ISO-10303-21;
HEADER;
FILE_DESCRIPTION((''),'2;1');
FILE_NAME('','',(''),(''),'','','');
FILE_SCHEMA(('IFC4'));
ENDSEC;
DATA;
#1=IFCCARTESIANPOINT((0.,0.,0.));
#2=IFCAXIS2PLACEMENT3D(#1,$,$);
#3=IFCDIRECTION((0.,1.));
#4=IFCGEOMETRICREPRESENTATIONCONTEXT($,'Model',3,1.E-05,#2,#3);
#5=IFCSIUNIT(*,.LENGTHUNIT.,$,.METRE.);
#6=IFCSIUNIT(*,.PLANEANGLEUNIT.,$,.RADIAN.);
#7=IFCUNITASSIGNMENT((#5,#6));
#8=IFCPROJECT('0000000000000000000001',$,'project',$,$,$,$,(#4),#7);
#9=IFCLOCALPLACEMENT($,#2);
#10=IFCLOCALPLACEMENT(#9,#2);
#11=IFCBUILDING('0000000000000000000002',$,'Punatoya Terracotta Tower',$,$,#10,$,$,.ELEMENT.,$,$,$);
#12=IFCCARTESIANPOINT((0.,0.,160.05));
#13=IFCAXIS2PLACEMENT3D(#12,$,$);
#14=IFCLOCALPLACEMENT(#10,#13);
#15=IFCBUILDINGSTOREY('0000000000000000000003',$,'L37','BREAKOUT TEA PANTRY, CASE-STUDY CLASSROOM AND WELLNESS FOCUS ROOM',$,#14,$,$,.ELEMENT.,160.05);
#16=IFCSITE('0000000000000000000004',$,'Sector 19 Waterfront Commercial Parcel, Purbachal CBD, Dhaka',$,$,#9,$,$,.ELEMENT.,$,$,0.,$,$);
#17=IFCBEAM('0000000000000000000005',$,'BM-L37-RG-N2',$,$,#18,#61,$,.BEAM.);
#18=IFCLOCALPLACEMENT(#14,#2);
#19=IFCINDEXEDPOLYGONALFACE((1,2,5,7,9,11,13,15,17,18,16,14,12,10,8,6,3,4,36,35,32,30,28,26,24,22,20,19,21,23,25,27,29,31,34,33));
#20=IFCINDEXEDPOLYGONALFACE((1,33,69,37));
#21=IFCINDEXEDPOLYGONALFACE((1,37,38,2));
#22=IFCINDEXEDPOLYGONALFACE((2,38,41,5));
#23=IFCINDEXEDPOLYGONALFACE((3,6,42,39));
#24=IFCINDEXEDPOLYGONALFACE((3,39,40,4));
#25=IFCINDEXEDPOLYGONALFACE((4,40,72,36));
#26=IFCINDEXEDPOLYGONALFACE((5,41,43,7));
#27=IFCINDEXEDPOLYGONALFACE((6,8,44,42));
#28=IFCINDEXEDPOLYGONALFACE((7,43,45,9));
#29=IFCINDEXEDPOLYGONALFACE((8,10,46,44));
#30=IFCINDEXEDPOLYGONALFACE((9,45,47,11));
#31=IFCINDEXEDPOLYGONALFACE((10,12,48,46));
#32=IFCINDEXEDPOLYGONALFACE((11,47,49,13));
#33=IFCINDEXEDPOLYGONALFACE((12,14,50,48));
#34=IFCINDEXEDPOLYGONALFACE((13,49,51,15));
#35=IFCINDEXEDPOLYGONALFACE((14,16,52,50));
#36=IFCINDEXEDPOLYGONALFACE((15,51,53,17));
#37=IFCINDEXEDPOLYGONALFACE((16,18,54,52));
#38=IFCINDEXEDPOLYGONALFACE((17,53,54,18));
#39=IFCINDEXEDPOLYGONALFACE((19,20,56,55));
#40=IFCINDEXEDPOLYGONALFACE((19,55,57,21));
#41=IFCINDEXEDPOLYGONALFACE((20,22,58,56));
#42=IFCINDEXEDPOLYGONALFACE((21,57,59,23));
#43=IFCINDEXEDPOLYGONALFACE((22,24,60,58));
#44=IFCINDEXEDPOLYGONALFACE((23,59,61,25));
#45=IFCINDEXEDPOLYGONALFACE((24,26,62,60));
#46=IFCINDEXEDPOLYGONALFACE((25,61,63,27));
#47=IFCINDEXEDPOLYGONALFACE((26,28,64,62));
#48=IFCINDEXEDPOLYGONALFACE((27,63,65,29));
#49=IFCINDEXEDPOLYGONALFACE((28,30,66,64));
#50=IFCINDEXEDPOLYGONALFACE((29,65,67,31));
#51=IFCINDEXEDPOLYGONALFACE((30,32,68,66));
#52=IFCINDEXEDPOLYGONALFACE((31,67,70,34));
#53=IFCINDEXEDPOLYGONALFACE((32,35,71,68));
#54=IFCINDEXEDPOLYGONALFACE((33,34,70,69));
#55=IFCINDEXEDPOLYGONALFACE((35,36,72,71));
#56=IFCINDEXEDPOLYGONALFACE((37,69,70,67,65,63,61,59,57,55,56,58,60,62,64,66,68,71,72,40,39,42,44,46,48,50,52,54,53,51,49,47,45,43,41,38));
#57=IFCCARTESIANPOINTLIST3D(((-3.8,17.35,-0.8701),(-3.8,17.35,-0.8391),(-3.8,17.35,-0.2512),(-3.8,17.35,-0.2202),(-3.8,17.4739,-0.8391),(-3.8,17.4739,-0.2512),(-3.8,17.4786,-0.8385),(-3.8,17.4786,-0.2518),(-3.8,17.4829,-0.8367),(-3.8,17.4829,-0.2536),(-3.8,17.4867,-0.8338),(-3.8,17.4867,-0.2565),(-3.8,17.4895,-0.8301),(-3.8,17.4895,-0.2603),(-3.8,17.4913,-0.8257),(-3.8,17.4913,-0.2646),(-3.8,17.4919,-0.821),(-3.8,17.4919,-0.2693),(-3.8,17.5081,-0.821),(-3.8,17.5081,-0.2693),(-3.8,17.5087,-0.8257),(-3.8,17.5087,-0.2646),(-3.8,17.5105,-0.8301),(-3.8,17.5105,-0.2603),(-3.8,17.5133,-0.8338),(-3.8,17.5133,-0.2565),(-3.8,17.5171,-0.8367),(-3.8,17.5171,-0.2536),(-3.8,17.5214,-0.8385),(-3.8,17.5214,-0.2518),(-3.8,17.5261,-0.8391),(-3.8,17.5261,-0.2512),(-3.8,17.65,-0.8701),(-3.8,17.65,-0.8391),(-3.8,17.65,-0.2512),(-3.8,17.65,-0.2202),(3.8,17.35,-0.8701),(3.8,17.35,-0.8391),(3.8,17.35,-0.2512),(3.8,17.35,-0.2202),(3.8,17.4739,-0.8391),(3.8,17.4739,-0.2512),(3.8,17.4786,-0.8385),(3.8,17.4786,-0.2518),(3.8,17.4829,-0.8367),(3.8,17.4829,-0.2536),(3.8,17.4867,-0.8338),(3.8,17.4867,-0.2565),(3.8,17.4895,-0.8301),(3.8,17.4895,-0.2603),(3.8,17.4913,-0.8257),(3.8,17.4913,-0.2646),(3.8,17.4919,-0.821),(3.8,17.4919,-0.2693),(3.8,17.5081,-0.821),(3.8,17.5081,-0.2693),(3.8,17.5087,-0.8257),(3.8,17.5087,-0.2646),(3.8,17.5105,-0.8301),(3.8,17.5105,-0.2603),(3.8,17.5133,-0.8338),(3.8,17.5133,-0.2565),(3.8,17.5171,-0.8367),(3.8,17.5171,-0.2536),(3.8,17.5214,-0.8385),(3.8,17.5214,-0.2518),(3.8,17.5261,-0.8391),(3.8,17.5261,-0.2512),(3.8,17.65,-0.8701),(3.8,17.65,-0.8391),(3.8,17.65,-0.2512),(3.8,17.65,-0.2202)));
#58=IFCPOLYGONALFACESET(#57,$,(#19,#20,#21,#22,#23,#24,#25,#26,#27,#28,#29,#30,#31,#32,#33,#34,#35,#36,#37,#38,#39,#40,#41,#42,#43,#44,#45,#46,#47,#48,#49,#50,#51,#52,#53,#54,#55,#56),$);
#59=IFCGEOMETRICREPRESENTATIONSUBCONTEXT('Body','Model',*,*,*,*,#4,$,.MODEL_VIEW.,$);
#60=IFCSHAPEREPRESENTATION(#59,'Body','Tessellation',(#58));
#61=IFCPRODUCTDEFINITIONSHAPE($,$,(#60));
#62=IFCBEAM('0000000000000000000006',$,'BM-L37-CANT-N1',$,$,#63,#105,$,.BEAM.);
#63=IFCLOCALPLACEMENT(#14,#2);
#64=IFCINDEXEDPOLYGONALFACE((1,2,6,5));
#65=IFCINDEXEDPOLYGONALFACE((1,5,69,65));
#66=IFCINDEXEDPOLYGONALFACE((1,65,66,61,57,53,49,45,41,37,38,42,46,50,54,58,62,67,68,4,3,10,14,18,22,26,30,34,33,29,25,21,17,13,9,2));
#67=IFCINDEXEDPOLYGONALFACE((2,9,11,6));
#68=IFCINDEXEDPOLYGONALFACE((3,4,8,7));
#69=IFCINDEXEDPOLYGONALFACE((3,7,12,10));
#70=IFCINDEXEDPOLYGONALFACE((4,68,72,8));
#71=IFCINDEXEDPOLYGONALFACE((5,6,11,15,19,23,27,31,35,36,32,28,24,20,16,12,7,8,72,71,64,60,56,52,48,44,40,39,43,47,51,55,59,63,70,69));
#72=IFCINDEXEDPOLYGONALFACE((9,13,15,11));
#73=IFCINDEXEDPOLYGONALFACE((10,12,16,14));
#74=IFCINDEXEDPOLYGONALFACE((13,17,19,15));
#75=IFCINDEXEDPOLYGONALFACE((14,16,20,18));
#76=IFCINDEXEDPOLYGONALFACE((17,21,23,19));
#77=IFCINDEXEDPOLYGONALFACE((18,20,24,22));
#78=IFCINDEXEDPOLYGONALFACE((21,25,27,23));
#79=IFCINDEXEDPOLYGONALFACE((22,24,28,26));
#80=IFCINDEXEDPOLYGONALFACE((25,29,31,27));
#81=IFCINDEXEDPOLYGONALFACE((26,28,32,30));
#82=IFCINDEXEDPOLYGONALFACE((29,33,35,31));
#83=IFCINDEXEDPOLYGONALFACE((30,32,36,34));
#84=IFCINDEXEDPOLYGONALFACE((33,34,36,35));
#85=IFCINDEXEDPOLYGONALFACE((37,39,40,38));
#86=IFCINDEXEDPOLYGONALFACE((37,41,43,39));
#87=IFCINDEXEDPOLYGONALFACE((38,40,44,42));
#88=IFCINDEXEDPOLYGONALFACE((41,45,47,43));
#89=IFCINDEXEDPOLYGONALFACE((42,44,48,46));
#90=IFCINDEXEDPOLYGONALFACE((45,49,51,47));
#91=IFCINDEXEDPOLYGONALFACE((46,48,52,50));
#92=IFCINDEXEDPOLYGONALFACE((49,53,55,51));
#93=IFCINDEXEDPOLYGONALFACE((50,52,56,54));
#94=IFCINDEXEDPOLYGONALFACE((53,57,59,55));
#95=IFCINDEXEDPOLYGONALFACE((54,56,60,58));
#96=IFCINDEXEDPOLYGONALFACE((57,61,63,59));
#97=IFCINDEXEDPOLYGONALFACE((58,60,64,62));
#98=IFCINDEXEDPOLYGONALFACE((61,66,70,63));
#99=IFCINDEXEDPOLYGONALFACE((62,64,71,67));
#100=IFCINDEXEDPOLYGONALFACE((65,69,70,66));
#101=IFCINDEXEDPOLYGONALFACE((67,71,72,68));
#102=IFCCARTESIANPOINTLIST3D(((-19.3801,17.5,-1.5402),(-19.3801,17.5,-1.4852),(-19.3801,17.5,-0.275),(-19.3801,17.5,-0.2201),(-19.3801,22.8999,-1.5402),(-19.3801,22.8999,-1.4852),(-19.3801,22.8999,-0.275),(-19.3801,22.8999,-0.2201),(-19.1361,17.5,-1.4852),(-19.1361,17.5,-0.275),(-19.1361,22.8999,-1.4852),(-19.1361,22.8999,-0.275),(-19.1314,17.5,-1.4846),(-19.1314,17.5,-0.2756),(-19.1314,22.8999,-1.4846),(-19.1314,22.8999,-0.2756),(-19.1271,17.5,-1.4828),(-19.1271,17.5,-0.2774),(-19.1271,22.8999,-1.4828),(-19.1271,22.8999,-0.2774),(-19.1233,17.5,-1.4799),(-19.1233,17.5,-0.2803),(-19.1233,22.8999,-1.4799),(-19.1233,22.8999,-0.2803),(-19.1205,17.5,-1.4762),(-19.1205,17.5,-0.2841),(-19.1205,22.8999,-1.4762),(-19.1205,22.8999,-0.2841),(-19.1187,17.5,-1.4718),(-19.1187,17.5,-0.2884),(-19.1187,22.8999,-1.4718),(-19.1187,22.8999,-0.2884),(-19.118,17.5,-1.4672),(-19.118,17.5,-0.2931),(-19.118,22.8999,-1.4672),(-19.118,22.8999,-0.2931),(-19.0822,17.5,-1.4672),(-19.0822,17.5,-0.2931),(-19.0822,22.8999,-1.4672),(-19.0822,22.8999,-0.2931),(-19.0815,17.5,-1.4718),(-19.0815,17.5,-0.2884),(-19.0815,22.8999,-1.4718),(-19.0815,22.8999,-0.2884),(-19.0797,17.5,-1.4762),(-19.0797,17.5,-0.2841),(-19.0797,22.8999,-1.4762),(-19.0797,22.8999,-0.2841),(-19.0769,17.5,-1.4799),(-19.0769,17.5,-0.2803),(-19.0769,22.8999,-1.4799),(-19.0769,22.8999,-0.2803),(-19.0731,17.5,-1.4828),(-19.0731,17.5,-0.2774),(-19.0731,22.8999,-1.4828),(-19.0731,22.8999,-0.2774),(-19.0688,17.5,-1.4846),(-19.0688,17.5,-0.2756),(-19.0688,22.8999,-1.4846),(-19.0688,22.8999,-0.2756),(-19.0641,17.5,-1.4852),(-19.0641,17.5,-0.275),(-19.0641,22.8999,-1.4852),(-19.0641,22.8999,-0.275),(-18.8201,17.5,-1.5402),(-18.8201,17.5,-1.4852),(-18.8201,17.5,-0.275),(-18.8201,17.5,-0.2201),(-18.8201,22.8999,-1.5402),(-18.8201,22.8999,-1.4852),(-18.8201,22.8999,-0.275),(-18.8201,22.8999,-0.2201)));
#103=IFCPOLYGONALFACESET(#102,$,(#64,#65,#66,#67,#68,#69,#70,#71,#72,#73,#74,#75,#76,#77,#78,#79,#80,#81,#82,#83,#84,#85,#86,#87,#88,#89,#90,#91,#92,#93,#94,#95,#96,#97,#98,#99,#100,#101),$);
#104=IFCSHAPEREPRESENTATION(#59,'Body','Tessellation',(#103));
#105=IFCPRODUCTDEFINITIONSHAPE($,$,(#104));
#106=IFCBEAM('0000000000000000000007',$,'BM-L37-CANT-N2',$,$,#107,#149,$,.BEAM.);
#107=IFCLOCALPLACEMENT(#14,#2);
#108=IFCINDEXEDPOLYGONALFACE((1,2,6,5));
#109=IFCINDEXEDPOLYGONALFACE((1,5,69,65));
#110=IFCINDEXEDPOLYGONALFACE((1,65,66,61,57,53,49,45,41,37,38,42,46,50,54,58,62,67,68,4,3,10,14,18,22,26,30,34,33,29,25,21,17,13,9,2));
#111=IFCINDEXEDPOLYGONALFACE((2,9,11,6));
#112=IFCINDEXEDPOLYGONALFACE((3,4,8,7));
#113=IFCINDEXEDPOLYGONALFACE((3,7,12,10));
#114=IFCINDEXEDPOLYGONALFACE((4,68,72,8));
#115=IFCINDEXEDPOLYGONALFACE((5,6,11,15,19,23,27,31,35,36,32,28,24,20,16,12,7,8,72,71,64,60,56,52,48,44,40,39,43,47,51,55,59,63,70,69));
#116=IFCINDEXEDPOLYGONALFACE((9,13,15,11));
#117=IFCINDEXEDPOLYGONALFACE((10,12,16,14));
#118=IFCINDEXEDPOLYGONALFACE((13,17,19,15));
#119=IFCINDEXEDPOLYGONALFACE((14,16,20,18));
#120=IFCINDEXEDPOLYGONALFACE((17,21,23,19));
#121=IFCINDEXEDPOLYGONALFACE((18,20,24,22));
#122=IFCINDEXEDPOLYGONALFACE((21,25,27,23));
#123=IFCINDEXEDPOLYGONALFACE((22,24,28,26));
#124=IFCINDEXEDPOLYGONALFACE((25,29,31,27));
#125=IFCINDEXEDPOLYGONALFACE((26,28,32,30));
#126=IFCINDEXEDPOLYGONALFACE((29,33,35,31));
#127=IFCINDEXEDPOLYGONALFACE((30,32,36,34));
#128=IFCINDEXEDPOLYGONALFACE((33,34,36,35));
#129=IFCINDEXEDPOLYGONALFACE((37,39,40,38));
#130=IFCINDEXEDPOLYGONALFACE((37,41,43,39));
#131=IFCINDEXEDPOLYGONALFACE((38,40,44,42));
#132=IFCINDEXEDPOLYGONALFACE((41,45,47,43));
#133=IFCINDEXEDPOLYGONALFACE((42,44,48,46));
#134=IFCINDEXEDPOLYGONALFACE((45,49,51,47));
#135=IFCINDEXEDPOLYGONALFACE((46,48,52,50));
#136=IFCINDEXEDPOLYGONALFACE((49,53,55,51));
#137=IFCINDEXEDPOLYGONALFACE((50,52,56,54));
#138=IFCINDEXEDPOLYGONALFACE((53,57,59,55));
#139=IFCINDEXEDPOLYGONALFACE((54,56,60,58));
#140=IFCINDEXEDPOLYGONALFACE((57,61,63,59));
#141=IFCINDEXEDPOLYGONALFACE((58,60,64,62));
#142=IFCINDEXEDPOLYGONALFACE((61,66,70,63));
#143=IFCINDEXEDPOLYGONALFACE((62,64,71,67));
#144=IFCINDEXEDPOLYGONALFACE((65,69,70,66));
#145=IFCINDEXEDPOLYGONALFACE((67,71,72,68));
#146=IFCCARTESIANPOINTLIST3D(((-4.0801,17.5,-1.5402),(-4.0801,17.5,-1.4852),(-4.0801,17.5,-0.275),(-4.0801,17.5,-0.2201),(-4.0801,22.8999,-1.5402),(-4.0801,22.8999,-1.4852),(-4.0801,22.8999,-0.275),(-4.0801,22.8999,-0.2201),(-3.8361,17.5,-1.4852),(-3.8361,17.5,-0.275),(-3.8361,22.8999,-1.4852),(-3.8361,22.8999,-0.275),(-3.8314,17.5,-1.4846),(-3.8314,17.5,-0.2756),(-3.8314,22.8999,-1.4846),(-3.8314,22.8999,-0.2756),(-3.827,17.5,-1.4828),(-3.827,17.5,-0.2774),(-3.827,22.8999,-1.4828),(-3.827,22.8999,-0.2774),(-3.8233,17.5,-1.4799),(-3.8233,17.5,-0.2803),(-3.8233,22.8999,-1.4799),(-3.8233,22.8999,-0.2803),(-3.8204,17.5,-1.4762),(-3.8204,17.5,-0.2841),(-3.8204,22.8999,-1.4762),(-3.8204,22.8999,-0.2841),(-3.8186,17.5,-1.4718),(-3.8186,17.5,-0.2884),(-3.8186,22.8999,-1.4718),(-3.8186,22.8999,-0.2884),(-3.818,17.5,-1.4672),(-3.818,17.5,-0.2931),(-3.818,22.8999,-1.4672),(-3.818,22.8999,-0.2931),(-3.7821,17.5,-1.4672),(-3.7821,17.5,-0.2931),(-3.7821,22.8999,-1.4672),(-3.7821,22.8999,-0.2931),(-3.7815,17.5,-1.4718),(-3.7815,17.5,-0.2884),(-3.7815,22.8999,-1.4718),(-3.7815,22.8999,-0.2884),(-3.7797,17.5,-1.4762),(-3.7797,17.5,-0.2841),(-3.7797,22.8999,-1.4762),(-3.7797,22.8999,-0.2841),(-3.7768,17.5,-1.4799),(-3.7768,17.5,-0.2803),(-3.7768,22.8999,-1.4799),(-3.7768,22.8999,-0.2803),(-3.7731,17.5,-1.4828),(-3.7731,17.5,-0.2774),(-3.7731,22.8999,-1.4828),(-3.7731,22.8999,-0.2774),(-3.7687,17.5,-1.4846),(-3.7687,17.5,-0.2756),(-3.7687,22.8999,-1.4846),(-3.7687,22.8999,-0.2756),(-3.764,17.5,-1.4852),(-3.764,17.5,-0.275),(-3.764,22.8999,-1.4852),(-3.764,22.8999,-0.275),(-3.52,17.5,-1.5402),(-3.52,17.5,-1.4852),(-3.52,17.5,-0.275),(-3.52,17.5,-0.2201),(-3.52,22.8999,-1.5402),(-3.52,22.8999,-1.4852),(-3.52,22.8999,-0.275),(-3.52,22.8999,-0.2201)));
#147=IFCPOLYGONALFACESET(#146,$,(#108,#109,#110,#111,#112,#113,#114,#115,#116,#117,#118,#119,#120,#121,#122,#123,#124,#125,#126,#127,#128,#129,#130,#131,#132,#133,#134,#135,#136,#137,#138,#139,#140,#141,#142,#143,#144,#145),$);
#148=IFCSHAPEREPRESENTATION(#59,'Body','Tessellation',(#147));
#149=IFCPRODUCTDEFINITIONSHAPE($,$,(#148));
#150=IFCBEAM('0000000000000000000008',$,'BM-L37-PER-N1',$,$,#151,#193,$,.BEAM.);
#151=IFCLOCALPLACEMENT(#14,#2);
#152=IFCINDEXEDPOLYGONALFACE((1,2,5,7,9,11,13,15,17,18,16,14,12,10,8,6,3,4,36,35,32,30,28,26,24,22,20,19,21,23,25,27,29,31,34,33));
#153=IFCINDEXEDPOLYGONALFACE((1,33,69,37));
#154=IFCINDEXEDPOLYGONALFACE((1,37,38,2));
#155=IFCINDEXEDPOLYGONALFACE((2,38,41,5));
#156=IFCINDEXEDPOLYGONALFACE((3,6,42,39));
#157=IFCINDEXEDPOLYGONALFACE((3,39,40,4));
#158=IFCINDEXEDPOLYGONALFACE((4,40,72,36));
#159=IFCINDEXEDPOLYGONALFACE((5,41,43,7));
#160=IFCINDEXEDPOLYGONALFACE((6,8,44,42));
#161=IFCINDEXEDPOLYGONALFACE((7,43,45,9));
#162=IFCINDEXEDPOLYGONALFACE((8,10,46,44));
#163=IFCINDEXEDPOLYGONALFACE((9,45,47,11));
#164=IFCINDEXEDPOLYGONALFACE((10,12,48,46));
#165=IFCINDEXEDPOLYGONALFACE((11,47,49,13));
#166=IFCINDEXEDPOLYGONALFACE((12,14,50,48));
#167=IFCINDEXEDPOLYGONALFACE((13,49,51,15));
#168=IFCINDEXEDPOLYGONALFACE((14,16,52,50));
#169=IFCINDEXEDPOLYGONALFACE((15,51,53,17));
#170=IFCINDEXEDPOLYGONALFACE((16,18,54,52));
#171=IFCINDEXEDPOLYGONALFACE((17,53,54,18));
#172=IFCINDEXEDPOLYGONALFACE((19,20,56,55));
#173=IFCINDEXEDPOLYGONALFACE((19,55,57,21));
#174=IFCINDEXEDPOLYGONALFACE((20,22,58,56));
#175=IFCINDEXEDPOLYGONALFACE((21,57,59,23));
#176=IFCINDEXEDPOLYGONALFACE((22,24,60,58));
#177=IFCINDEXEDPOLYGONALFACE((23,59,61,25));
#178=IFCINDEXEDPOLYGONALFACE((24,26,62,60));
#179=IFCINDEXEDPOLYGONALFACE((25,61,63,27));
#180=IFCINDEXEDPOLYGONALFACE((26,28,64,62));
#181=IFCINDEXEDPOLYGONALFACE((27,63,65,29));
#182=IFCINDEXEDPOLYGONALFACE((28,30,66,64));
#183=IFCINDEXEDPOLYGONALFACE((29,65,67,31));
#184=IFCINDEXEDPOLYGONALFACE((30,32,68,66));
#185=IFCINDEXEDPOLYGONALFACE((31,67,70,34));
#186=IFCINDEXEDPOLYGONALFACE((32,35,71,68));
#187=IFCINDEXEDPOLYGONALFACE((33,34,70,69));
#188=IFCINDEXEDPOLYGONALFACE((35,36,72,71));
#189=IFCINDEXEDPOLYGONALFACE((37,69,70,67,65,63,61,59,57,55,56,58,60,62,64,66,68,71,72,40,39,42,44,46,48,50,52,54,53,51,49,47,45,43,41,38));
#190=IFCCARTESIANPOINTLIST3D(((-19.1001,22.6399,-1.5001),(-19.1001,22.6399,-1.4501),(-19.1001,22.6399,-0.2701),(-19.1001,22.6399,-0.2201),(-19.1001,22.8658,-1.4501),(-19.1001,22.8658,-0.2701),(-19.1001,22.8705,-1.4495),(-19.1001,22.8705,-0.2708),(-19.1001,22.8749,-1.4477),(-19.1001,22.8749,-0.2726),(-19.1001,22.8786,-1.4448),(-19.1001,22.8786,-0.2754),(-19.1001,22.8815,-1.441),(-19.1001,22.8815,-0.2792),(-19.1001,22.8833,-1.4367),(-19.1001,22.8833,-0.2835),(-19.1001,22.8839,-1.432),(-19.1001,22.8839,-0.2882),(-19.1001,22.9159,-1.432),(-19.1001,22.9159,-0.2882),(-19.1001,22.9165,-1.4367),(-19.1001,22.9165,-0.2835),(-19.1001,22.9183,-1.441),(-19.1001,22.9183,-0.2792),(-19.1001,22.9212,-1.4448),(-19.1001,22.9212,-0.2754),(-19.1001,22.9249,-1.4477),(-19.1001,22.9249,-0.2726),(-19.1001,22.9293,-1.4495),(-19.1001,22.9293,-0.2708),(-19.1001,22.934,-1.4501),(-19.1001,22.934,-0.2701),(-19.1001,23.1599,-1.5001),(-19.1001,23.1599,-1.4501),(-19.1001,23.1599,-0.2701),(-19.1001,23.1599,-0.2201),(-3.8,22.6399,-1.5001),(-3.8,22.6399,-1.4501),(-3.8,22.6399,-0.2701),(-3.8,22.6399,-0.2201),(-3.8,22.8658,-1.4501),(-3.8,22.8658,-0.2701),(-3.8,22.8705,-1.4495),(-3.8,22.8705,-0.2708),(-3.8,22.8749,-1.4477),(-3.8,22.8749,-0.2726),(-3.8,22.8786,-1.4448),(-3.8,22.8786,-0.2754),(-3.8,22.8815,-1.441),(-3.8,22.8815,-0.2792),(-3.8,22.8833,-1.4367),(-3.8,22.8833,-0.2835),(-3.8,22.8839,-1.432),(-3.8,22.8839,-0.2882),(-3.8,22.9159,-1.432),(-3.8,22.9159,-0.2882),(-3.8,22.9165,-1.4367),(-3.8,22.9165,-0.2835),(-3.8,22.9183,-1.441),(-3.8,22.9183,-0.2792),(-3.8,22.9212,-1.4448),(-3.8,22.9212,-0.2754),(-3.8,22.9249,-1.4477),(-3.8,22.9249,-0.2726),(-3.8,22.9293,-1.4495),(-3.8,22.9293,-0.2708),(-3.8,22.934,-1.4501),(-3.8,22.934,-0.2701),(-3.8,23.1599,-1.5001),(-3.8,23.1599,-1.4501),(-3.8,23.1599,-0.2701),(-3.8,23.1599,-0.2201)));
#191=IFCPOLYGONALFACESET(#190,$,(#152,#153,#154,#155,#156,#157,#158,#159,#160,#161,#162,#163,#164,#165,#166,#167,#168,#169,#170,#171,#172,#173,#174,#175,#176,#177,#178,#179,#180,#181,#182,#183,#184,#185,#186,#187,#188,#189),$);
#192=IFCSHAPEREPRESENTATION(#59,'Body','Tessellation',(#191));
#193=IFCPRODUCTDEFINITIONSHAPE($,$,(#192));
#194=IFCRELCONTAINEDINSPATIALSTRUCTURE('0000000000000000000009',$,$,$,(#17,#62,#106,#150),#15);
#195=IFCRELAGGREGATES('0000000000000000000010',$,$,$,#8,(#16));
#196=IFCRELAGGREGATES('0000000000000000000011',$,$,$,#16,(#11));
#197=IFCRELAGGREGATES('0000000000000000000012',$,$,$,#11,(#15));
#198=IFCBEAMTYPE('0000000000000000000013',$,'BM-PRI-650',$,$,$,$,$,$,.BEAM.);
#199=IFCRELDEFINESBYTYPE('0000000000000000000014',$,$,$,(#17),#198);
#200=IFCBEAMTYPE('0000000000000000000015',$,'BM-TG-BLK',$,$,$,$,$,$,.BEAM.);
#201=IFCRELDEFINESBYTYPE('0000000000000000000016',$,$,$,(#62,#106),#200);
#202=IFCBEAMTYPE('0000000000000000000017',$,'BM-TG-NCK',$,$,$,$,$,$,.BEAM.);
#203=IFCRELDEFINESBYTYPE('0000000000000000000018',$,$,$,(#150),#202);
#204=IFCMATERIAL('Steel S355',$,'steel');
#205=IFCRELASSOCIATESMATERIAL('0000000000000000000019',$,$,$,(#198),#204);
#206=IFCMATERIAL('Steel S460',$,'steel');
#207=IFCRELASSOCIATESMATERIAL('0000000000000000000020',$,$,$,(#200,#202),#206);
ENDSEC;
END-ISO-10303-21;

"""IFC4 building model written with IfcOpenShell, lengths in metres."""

from ifc_helpers import new_model, si_unit, direction, frame, origin, origin_2d, place, context, subcontext, project, spatial, i_section, extrude, material, material_profile, profile_set, type_object, element, save


model = new_model("IFC4")

# Units and contexts
model_context = context("Model", 3, precision=1e-05, world=origin(), true_north=direction((0.0, 1.0)))
body_context = subcontext(model_context, "Body", "Model", "MODEL_VIEW")
ifc_project = project(units=[si_unit("LENGTHUNIT", "METRE"), si_unit("PLANEANGLEUNIT", "RADIAN")], contexts=[model_context])

# Site, building, storey
site_placement = place(None, origin())
site = spatial("IfcSite", under=ifc_project, at=site_placement, Name="Sector 19 Waterfront Commercial Parcel, Purbachal CBD, Dhaka", CompositionType="ELEMENT", RefElevation=0.0)
building_placement = place(site_placement, origin())
building = spatial("IfcBuilding", under=site, at=building_placement, Name="Punatoya Terracotta Tower", CompositionType="ELEMENT")
storey_placement = place(building_placement, frame((0.0, 0.0, 160.05)))
storey = spatial("IfcBuildingStorey", under=building, at=storey_placement, Name="L37", Description="BREAKOUT TEA PANTRY, CASE-STUDY CLASSROOM AND WELLNESS FOCUS ROOM", CompositionType="ELEMENT", Elevation=160.05)

# Shared definitions
ifc_material_1 = material(Name="Steel S460", Category="steel")

# Beams
ifc_material_2 = material(Name="Steel S355", Category="steel")
ifc_material_profile_1 = material_profile(ifc_material_2, i_section(OverallWidth=0.3, OverallDepth=0.6499, WebThickness=0.0161, FlangeThickness=0.031, FilletRadius=0.0181, at=origin_2d()))
ifc_profile_set_1 = profile_set([ifc_material_profile_1], Name="Steel S355")
beam_type_1 = type_object("IfcBeamType", Name="BM-PRI-650", PredefinedType="BEAM", material=ifc_profile_set_1)
beam_1_placement = place(storey_placement, frame((-3.8, 17.5, -0.5452), z_axis=(1.0, 0.0, 0.0), x_axis=(0.0, 1.0, 0.0)))
element("IfcBeam", 1, at=beam_1_placement, inside=storey, type_object=beam_type_1, Name="BM-L37-RG-N2", PredefinedType="BEAM", context=body_context, shape_type="SweptSolid", body=[
    extrude(i_section(OverallWidth=0.3, OverallDepth=0.6499, WebThickness=0.0161, FlangeThickness=0.031, FilletRadius=0.0181, at=origin_2d()), origin(), (0.0, 0.0, 1.0), 7.6001),
])
ifc_material_profile_2 = material_profile(ifc_material_1, i_section(OverallWidth=0.5601, OverallDepth=1.3201, WebThickness=0.0359, FlangeThickness=0.0549, FilletRadius=0.0181, at=origin_2d()))
ifc_profile_set_2 = profile_set([ifc_material_profile_2], Name="Steel S460")
beam_type_2 = type_object("IfcBeamType", Name="BM-TG-BLK", PredefinedType="BEAM", material=ifc_profile_set_2)
for number, where, z_axis, x_axis, name in (
    (2, (-19.1001, 17.5, -0.8801), (0.0, 1.0, 0.0), (-1.0, 0.0, 0.0), "BM-L37-CANT-N1"),
    (3, (-3.8, 17.5, -0.8801), (0.0, 1.0, 0.0), (-1.0, 0.0, 0.0), "BM-L37-CANT-N2"),
):
    element("IfcBeam", number, at=place(storey_placement, frame(where, z_axis=z_axis, x_axis=x_axis)), inside=storey, type_object=beam_type_2, Name=name, PredefinedType="BEAM", context=body_context, shape_type="SweptSolid", body=[
        extrude(i_section(OverallWidth=0.5601, OverallDepth=1.3201, WebThickness=0.0359, FlangeThickness=0.0549, FilletRadius=0.0181, at=origin_2d()), origin(), (0.0, 0.0, 1.0), 5.3999),
    ])
ifc_material_profile_3 = material_profile(ifc_material_1, i_section(OverallWidth=0.52, OverallDepth=1.28, WebThickness=0.032, FlangeThickness=0.05, FilletRadius=0.0181, at=origin_2d()))
ifc_profile_set_3 = profile_set([ifc_material_profile_3], Name="Steel S460")
beam_type_3 = type_object("IfcBeamType", Name="BM-TG-NCK", PredefinedType="BEAM", material=ifc_profile_set_3)
beam_2_placement = place(storey_placement, frame((-19.1001, 22.8999, -0.8601), z_axis=(1.0, 0.0, 0.0), x_axis=(0.0, 1.0, 0.0)))
element("IfcBeam", 4, at=beam_2_placement, inside=storey, type_object=beam_type_3, Name="BM-L37-PER-N1", PredefinedType="BEAM", context=body_context, shape_type="SweptSolid", body=[
    extrude(i_section(OverallWidth=0.52, OverallDepth=1.28, WebThickness=0.032, FlangeThickness=0.05, FilletRadius=0.0181, at=origin_2d()), origin(), (0.0, 0.0, 1.0), 15.3),
])

save(model, "model.ifc")
